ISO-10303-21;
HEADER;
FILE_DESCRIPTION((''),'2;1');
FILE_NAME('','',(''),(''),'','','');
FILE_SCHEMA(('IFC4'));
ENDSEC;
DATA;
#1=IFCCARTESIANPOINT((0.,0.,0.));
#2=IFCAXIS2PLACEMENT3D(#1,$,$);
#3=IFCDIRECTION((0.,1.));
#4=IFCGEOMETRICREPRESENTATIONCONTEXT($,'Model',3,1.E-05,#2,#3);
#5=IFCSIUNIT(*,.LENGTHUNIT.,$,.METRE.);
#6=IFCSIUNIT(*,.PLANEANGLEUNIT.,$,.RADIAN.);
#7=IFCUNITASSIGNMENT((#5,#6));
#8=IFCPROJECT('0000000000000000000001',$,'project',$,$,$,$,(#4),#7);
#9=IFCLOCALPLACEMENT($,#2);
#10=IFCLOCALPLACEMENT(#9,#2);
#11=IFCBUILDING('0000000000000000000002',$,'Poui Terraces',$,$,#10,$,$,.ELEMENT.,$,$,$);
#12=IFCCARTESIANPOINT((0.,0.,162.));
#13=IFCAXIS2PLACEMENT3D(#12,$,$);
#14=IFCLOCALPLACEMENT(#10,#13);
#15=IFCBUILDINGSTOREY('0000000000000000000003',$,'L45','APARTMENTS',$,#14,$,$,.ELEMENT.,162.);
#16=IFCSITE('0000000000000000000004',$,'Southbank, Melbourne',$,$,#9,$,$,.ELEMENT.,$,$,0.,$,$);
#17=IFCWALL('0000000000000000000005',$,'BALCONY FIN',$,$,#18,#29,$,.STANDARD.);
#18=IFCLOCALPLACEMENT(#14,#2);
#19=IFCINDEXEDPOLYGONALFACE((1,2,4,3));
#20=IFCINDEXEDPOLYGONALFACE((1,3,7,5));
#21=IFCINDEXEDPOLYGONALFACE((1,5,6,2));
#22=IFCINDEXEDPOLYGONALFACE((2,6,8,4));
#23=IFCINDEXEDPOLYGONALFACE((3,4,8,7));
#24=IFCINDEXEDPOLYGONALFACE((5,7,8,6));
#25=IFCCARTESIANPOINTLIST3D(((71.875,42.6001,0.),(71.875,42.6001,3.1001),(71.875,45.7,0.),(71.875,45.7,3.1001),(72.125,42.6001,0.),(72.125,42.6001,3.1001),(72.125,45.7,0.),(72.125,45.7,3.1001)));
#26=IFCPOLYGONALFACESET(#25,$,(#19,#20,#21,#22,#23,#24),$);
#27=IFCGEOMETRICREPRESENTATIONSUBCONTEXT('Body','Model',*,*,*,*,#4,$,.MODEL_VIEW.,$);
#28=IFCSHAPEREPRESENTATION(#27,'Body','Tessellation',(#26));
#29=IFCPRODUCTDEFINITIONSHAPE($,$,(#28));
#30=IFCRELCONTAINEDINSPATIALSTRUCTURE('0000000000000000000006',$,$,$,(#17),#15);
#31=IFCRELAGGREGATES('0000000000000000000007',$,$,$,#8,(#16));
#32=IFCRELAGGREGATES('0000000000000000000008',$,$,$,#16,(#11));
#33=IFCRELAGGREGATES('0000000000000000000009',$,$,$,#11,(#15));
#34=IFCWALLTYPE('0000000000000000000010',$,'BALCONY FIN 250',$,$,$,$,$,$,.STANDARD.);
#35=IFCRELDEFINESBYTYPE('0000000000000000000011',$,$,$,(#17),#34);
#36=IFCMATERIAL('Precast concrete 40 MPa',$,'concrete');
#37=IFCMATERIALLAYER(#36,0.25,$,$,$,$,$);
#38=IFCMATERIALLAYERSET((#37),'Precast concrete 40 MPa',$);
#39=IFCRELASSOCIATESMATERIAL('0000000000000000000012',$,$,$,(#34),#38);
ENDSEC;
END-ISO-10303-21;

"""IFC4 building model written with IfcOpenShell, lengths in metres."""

from ifc_helpers import new_model, si_unit, direction, frame, origin, place, context, subcontext, project, spatial, polyline, outline, extrude, source, transform, mapped, material, layer, layer_set, type_object, element, save


model = new_model("IFC4")

# Units and contexts
model_context = context("Model", 3, precision=1e-05, world=origin(), true_north=direction((0.0, 1.0)))
body_context = subcontext(model_context, "Body", "Model", "MODEL_VIEW")
ifc_project = project(units=[si_unit("LENGTHUNIT", "METRE"), si_unit("PLANEANGLEUNIT", "RADIAN")], contexts=[model_context])

# Site, building, storey
site_placement = place(None, origin())
site = spatial("IfcSite", under=ifc_project, at=site_placement, Name="Southbank, Melbourne", CompositionType="ELEMENT", RefElevation=0.0)
building_placement = place(site_placement, origin())
building = spatial("IfcBuilding", under=site, at=building_placement, Name="Poui Terraces", CompositionType="ELEMENT")
storey_placement = place(building_placement, frame((0.0, 0.0, 162.0)))
storey = spatial("IfcBuildingStorey", under=building, at=storey_placement, Name="L45", Description="APARTMENTS", CompositionType="ELEMENT", Elevation=162.0)

# Wall
ifc_material_1 = material(Name="Precast concrete 40 MPa", Category="concrete")
ifc_layer = layer(ifc_material_1, 0.25)
ifc_layer_set = layer_set([ifc_layer], Name="Precast concrete 40 MPa")
wall_type = type_object("IfcWallType", Name="BALCONY FIN 250", PredefinedType="STANDARD", material=ifc_layer_set)
shared_shape = source(origin(), body_context, "Body", "SweptSolid", [
    extrude(outline(polyline([(0.0, 0.0), (0.25, 0.0), (0.25, 3.0999), (0.0, 3.0999), (0.0, 0.0)])), origin(), (0.0, 0.0, 1.0), 3.1001),
])
wall_placement = place(storey_placement, frame((71.875, 42.6001, 0.0)))
element("IfcWall", 1, at=wall_placement, inside=storey, type_object=wall_type, Name="BALCONY FIN", PredefinedType="STANDARD", context=body_context, shape_type="MappedRepresentation", body=[
    mapped(shared_shape, transform((0.0, 0.0, 0.0))),
])

save(model, "model.ifc")
